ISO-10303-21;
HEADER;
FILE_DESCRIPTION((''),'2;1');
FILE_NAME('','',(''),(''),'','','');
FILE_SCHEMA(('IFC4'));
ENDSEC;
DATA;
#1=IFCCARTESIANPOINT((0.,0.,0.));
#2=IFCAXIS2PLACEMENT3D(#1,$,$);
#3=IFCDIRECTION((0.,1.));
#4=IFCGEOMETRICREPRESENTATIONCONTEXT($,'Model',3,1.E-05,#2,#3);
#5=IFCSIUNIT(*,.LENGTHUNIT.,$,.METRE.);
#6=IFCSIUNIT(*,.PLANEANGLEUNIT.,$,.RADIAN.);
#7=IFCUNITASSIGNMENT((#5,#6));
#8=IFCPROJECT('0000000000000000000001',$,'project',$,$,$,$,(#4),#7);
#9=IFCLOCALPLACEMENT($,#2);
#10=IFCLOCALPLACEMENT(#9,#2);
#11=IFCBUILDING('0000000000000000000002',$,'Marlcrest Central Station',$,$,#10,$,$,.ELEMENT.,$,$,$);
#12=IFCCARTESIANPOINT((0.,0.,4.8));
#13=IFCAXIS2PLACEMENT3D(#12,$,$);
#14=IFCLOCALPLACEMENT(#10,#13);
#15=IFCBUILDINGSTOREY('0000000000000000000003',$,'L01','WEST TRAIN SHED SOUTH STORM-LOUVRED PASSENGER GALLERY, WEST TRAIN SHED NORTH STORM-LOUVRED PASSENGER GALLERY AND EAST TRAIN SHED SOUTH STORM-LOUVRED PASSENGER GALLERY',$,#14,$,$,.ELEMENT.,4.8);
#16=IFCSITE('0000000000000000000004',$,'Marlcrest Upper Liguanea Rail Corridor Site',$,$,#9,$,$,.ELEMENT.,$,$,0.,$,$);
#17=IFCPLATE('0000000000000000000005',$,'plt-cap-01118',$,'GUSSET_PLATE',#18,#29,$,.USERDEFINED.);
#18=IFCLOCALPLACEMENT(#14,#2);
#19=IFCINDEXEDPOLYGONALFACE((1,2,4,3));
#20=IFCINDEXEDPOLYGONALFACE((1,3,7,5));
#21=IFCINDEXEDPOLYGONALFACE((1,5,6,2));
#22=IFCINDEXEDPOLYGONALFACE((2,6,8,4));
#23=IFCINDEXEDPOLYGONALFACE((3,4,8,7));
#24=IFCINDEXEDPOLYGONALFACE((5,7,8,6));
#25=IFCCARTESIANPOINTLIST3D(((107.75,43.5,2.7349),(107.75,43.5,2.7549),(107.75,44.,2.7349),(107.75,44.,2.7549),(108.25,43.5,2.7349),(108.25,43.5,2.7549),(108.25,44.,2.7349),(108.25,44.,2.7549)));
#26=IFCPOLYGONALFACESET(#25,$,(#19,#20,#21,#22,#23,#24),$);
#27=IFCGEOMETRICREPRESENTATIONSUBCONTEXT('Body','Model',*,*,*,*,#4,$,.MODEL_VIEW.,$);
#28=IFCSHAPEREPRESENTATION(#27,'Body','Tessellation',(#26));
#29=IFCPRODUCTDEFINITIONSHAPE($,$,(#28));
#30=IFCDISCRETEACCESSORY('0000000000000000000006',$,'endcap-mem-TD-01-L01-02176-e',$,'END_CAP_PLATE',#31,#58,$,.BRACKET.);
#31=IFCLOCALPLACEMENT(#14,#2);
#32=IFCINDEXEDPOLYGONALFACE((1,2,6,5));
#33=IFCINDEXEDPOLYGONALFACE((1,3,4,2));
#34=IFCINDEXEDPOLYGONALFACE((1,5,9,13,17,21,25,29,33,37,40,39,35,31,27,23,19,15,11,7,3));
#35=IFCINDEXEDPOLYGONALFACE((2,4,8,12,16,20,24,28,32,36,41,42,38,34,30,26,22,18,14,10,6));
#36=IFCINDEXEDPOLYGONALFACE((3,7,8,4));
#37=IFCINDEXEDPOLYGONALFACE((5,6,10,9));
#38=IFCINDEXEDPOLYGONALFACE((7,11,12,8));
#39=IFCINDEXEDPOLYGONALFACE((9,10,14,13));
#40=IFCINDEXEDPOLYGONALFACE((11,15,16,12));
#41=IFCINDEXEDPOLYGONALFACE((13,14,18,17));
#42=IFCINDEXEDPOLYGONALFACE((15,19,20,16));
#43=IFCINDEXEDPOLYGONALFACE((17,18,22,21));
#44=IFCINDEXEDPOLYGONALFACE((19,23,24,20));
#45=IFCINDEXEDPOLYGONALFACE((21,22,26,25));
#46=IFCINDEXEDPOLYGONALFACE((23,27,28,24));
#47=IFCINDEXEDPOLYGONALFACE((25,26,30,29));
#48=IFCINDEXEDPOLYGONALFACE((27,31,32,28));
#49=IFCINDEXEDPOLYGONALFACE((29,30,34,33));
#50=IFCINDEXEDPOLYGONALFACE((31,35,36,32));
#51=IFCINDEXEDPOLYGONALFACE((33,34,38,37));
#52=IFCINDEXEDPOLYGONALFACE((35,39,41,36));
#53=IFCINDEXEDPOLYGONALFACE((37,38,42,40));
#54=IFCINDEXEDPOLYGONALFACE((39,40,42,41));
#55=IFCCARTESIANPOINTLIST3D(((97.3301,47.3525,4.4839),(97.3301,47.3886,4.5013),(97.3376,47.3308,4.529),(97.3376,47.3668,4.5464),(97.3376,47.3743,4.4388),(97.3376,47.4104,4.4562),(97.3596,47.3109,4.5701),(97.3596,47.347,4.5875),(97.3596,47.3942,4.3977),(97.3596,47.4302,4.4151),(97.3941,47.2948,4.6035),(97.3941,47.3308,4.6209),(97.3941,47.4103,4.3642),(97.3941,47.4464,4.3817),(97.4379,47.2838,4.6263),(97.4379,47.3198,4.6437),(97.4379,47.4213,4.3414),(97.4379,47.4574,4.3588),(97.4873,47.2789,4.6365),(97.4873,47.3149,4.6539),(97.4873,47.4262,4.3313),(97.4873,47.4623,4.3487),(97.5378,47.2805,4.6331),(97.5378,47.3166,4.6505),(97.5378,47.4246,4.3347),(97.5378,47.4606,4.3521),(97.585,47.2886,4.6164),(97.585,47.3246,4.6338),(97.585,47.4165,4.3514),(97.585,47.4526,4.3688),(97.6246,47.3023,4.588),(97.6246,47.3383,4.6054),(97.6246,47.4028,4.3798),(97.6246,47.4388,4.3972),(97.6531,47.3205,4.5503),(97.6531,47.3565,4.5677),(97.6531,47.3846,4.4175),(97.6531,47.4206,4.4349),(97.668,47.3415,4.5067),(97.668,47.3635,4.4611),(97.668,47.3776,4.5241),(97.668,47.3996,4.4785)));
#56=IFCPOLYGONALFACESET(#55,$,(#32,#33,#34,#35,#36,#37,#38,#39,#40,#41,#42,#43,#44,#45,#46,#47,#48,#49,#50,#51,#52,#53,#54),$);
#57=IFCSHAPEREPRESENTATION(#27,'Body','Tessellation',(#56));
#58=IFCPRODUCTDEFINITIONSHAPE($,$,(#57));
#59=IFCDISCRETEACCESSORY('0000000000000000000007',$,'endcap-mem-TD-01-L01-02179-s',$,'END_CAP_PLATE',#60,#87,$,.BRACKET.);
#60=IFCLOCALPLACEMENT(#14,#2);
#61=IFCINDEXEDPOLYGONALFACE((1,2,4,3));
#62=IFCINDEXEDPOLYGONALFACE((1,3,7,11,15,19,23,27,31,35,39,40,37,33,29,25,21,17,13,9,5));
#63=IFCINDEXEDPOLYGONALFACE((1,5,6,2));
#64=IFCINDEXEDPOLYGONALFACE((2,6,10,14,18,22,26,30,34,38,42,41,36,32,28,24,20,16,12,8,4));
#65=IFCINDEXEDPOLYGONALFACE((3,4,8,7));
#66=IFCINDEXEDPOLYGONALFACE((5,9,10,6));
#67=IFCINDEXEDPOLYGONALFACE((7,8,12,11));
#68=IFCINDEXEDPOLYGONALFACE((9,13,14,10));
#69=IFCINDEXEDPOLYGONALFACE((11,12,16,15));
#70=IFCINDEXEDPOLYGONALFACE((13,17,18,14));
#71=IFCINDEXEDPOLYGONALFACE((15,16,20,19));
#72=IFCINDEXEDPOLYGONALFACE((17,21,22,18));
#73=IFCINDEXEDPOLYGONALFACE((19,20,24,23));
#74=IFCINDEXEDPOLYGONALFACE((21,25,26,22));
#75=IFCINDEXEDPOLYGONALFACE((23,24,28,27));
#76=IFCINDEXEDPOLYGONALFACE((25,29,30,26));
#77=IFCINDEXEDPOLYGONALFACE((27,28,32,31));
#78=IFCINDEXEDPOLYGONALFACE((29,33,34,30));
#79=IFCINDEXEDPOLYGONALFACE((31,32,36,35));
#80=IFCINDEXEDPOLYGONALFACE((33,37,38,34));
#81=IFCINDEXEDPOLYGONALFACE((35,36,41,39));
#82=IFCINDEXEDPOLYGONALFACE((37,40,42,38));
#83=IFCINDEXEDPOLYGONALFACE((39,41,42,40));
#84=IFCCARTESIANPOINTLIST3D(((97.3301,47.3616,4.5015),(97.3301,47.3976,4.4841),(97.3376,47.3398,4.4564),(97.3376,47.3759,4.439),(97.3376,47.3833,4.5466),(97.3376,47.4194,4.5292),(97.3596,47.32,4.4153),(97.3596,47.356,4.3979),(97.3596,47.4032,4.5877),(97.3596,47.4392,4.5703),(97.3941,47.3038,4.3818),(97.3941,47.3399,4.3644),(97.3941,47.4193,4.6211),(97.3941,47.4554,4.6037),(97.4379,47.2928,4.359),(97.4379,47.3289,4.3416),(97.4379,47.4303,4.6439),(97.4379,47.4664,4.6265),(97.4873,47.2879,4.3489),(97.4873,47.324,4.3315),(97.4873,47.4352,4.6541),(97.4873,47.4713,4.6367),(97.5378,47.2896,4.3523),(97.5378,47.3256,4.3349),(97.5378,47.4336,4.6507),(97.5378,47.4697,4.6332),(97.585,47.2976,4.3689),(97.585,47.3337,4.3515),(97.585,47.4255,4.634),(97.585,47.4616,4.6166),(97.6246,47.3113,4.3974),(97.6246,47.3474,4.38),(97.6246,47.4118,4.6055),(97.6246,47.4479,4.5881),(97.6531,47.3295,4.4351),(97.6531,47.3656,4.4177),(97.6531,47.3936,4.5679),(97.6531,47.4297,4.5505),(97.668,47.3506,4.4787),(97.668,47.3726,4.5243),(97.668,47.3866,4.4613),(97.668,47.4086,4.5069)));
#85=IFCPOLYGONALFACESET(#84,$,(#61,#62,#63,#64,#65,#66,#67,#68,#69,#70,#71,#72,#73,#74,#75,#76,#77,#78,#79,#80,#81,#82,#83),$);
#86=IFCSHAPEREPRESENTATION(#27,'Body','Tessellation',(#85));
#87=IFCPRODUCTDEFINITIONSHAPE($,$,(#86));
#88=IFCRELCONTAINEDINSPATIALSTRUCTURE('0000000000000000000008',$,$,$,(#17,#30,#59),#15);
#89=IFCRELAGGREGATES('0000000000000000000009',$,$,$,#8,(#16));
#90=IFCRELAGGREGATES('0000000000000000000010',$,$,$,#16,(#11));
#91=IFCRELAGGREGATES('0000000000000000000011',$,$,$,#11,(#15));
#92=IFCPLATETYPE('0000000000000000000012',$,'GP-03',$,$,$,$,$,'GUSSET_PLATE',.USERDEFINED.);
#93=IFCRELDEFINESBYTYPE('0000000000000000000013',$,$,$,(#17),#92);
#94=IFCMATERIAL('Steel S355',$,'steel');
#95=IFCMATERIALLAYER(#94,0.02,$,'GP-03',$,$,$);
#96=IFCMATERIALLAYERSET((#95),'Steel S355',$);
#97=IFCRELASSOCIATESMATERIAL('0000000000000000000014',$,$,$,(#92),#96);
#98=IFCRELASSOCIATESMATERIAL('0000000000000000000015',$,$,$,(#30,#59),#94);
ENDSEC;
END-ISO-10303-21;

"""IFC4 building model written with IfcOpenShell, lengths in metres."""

from ifc_helpers import new_model, si_unit, direction, frame, origin, origin_2d, place, context, subcontext, project, spatial, rectangle, circle, extrude, material, layer, layer_set, type_object, element, save


model = new_model("IFC4")

# Units and contexts
model_context = context("Model", 3, precision=1e-05, world=origin(), true_north=direction((0.0, 1.0)))
body_context = subcontext(model_context, "Body", "Model", "MODEL_VIEW")
ifc_project = project(units=[si_unit("LENGTHUNIT", "METRE"), si_unit("PLANEANGLEUNIT", "RADIAN")], contexts=[model_context])

# Site, building, storey
site_placement = place(None, origin())
site = spatial("IfcSite", under=ifc_project, at=site_placement, Name="Marlcrest Upper Liguanea Rail Corridor Site", CompositionType="ELEMENT", RefElevation=0.0)
building_placement = place(site_placement, origin())
building = spatial("IfcBuilding", under=site, at=building_placement, Name="Marlcrest Central Station", CompositionType="ELEMENT")
storey_placement = place(building_placement, frame((0.0, 0.0, 4.8)))
storey = spatial("IfcBuildingStorey", under=building, at=storey_placement, Name="L01", Description="WEST TRAIN SHED SOUTH STORM-LOUVRED PASSENGER GALLERY, WEST TRAIN SHED NORTH STORM-LOUVRED PASSENGER GALLERY AND EAST TRAIN SHED SOUTH STORM-LOUVRED PASSENGER GALLERY", CompositionType="ELEMENT", Elevation=4.8)

# Shared definitions
ifc_material = material(Name="Steel S355", Category="steel")

# Plate
ifc_layer_1 = layer(ifc_material, 0.02, Name="GP-03")
ifc_layer_set_1 = layer_set([ifc_layer_1], Name="Steel S355")
plate_type_1 = type_object("IfcPlateType", Name="GP-03", ElementType="GUSSET_PLATE", PredefinedType="USERDEFINED", material=ifc_layer_set_1)
for number, where, z_axis, x_axis, name in (
    (1, (108.0, 43.75, 2.7349), (0.0, 0.0, 1.0), (1.0, 0.0, 0.0), "plt-cap-01118"),
):
    element("IfcPlate", number, at=place(storey_placement, frame(where, z_axis=z_axis, x_axis=x_axis)), inside=storey, type_object=plate_type_1, Name=name, ObjectType="GUSSET_PLATE", PredefinedType="USERDEFINED", context=body_context, shape_type="SweptSolid", body=[
        extrude(rectangle(XDim=0.5, YDim=0.5, at=origin_2d()), origin(), (0.0, 0.0, 1.0), 0.02),
    ])

# Discrete accessories
for number, where, z_axis, x_axis, name in (
    (2, (97.5, 47.3525, 4.4839), (0.0, 0.900552, 0.434749), (-1.0, 0.0, 0.0), "endcap-mem-TD-01-L01-02176-e"),
    (3, (97.5, 47.3616, 4.5015), (0.0, 0.900552, -0.434749), (-1.0, 0.0, 0.0), "endcap-mem-TD-01-L01-02179-s"),
):
    element("IfcDiscreteAccessory", number, at=place(storey_placement, frame(where, z_axis=z_axis, x_axis=x_axis)), inside=storey, material=ifc_material, Name=name, ObjectType="END_CAP_PLATE", PredefinedType="BRACKET", context=body_context, shape_type="SweptSolid", body=[
        extrude(circle(Radius=0.1699, at=origin_2d()), origin(), (0.0, 0.0, 1.0), 0.04),
    ])

save(model, "model.ifc")
